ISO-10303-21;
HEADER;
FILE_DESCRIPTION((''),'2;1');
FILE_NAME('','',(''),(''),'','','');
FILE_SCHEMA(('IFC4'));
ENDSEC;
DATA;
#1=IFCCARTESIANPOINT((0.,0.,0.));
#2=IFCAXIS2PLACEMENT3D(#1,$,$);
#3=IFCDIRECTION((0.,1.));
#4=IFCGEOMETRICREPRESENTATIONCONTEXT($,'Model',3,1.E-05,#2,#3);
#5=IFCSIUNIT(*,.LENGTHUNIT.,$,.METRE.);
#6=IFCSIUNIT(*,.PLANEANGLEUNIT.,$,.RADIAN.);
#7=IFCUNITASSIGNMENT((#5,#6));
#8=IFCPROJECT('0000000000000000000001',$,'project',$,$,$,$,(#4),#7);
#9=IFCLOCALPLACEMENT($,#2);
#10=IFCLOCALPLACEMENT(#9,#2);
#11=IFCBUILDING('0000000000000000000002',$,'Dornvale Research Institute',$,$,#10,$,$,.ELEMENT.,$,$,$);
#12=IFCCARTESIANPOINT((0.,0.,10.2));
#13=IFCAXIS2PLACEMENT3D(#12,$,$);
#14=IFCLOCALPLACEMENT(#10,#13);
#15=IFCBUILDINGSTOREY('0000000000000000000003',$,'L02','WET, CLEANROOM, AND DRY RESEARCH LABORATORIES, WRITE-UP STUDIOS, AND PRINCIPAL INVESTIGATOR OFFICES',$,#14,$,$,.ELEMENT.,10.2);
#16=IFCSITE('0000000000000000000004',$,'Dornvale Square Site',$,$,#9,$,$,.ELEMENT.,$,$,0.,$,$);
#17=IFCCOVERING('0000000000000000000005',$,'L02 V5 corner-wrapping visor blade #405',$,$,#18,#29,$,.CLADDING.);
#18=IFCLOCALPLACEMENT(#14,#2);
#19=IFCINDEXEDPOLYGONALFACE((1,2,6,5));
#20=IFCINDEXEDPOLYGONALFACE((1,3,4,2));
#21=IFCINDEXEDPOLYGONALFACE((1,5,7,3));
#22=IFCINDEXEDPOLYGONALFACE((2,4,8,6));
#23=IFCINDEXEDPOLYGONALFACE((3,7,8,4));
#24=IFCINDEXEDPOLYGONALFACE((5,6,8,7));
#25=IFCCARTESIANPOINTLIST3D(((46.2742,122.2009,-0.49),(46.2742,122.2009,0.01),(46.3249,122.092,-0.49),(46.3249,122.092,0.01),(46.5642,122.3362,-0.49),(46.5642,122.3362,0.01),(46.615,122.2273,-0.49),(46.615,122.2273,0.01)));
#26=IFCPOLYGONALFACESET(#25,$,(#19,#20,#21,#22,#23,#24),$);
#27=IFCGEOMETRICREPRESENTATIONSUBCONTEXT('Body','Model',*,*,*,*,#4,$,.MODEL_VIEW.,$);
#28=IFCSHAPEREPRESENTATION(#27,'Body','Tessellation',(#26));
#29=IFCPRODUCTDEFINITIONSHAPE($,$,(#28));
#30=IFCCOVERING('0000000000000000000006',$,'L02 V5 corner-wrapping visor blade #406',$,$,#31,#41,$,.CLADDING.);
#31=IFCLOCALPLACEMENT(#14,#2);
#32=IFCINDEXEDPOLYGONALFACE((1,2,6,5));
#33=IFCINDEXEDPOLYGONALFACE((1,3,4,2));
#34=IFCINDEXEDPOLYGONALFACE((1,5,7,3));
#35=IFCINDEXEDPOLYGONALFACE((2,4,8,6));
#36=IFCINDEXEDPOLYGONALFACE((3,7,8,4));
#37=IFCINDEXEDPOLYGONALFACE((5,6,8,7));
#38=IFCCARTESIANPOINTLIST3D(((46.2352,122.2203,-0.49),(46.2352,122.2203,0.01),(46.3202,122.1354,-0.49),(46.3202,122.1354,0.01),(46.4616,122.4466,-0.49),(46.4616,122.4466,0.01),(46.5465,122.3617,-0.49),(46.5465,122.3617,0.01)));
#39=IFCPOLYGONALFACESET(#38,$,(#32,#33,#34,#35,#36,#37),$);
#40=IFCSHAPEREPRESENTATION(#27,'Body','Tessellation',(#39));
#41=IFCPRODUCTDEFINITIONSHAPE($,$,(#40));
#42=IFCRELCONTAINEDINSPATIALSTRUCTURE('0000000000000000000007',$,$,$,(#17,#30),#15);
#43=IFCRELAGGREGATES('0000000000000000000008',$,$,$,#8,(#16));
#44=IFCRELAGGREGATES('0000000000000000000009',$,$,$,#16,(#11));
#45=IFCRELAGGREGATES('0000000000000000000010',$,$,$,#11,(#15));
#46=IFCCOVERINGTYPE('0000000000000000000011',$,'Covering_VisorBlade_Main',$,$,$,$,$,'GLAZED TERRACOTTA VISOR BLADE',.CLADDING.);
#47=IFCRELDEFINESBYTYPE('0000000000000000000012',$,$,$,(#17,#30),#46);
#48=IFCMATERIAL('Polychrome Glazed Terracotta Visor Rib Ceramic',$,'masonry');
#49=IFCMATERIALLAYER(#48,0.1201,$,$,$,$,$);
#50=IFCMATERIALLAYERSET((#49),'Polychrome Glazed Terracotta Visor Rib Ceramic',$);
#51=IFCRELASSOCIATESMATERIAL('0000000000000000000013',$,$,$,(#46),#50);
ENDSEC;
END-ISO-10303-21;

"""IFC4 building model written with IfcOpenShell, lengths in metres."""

from ifc_helpers import new_model, si_unit, direction, frame, origin, origin_2d, place, context, subcontext, project, spatial, rectangle, extrude, material, layer, layer_set, type_object, element, save


model = new_model("IFC4")

# Units and contexts
model_context = context("Model", 3, precision=1e-05, world=origin(), true_north=direction((0.0, 1.0)))
body_context = subcontext(model_context, "Body", "Model", "MODEL_VIEW")
ifc_project = project(units=[si_unit("LENGTHUNIT", "METRE"), si_unit("PLANEANGLEUNIT", "RADIAN")], contexts=[model_context])

# Site, building, storey
site_placement = place(None, origin())
site = spatial("IfcSite", under=ifc_project, at=site_placement, Name="Dornvale Square Site", CompositionType="ELEMENT", RefElevation=0.0)
building_placement = place(site_placement, origin())
building = spatial("IfcBuilding", under=site, at=building_placement, Name="Dornvale Research Institute", CompositionType="ELEMENT")
storey_placement = place(building_placement, frame((0.0, 0.0, 10.2)))
storey = spatial("IfcBuildingStorey", under=building, at=storey_placement, Name="L02", Description="WET, CLEANROOM, AND DRY RESEARCH LABORATORIES, WRITE-UP STUDIOS, AND PRINCIPAL INVESTIGATOR OFFICES", CompositionType="ELEMENT", Elevation=10.2)

# Coverings
ifc_material_1 = material(Name="Polychrome Glazed Terracotta Visor Rib Ceramic", Category="masonry")
ifc_layer = layer(ifc_material_1, 0.1201)
ifc_layer_set = layer_set([ifc_layer], Name="Polychrome Glazed Terracotta Visor Rib Ceramic")
covering_type = type_object("IfcCoveringType", Name="Covering_VisorBlade_Main", ElementType="GLAZED TERRACOTTA VISOR BLADE", PredefinedType="CLADDING", material=ifc_layer_set)
for number, where, z_axis, x_axis, name in (
    (1, (46.4446, 122.2141, -0.49), (0.0, 0.0, 1.0), (0.906308, 0.422618, 0.0), "L02 V5 corner-wrapping visor blade #405"),
    (2, (46.3909, 122.291, -0.49), (0.0, 0.0, 1.0), (0.707107, 0.707107, 0.0), "L02 V5 corner-wrapping visor blade #406"),
):
    element("IfcCovering", number, at=place(storey_placement, frame(where, z_axis=z_axis, x_axis=x_axis)), inside=storey, type_object=covering_type, Name=name, PredefinedType="CLADDING", context=body_context, shape_type="SweptSolid", body=[
        extrude(rectangle(XDim=0.3201, YDim=0.1201, at=origin_2d()), origin(), (0.0, 0.0, 1.0), 0.5),
    ])

save(model, "model.ifc")
